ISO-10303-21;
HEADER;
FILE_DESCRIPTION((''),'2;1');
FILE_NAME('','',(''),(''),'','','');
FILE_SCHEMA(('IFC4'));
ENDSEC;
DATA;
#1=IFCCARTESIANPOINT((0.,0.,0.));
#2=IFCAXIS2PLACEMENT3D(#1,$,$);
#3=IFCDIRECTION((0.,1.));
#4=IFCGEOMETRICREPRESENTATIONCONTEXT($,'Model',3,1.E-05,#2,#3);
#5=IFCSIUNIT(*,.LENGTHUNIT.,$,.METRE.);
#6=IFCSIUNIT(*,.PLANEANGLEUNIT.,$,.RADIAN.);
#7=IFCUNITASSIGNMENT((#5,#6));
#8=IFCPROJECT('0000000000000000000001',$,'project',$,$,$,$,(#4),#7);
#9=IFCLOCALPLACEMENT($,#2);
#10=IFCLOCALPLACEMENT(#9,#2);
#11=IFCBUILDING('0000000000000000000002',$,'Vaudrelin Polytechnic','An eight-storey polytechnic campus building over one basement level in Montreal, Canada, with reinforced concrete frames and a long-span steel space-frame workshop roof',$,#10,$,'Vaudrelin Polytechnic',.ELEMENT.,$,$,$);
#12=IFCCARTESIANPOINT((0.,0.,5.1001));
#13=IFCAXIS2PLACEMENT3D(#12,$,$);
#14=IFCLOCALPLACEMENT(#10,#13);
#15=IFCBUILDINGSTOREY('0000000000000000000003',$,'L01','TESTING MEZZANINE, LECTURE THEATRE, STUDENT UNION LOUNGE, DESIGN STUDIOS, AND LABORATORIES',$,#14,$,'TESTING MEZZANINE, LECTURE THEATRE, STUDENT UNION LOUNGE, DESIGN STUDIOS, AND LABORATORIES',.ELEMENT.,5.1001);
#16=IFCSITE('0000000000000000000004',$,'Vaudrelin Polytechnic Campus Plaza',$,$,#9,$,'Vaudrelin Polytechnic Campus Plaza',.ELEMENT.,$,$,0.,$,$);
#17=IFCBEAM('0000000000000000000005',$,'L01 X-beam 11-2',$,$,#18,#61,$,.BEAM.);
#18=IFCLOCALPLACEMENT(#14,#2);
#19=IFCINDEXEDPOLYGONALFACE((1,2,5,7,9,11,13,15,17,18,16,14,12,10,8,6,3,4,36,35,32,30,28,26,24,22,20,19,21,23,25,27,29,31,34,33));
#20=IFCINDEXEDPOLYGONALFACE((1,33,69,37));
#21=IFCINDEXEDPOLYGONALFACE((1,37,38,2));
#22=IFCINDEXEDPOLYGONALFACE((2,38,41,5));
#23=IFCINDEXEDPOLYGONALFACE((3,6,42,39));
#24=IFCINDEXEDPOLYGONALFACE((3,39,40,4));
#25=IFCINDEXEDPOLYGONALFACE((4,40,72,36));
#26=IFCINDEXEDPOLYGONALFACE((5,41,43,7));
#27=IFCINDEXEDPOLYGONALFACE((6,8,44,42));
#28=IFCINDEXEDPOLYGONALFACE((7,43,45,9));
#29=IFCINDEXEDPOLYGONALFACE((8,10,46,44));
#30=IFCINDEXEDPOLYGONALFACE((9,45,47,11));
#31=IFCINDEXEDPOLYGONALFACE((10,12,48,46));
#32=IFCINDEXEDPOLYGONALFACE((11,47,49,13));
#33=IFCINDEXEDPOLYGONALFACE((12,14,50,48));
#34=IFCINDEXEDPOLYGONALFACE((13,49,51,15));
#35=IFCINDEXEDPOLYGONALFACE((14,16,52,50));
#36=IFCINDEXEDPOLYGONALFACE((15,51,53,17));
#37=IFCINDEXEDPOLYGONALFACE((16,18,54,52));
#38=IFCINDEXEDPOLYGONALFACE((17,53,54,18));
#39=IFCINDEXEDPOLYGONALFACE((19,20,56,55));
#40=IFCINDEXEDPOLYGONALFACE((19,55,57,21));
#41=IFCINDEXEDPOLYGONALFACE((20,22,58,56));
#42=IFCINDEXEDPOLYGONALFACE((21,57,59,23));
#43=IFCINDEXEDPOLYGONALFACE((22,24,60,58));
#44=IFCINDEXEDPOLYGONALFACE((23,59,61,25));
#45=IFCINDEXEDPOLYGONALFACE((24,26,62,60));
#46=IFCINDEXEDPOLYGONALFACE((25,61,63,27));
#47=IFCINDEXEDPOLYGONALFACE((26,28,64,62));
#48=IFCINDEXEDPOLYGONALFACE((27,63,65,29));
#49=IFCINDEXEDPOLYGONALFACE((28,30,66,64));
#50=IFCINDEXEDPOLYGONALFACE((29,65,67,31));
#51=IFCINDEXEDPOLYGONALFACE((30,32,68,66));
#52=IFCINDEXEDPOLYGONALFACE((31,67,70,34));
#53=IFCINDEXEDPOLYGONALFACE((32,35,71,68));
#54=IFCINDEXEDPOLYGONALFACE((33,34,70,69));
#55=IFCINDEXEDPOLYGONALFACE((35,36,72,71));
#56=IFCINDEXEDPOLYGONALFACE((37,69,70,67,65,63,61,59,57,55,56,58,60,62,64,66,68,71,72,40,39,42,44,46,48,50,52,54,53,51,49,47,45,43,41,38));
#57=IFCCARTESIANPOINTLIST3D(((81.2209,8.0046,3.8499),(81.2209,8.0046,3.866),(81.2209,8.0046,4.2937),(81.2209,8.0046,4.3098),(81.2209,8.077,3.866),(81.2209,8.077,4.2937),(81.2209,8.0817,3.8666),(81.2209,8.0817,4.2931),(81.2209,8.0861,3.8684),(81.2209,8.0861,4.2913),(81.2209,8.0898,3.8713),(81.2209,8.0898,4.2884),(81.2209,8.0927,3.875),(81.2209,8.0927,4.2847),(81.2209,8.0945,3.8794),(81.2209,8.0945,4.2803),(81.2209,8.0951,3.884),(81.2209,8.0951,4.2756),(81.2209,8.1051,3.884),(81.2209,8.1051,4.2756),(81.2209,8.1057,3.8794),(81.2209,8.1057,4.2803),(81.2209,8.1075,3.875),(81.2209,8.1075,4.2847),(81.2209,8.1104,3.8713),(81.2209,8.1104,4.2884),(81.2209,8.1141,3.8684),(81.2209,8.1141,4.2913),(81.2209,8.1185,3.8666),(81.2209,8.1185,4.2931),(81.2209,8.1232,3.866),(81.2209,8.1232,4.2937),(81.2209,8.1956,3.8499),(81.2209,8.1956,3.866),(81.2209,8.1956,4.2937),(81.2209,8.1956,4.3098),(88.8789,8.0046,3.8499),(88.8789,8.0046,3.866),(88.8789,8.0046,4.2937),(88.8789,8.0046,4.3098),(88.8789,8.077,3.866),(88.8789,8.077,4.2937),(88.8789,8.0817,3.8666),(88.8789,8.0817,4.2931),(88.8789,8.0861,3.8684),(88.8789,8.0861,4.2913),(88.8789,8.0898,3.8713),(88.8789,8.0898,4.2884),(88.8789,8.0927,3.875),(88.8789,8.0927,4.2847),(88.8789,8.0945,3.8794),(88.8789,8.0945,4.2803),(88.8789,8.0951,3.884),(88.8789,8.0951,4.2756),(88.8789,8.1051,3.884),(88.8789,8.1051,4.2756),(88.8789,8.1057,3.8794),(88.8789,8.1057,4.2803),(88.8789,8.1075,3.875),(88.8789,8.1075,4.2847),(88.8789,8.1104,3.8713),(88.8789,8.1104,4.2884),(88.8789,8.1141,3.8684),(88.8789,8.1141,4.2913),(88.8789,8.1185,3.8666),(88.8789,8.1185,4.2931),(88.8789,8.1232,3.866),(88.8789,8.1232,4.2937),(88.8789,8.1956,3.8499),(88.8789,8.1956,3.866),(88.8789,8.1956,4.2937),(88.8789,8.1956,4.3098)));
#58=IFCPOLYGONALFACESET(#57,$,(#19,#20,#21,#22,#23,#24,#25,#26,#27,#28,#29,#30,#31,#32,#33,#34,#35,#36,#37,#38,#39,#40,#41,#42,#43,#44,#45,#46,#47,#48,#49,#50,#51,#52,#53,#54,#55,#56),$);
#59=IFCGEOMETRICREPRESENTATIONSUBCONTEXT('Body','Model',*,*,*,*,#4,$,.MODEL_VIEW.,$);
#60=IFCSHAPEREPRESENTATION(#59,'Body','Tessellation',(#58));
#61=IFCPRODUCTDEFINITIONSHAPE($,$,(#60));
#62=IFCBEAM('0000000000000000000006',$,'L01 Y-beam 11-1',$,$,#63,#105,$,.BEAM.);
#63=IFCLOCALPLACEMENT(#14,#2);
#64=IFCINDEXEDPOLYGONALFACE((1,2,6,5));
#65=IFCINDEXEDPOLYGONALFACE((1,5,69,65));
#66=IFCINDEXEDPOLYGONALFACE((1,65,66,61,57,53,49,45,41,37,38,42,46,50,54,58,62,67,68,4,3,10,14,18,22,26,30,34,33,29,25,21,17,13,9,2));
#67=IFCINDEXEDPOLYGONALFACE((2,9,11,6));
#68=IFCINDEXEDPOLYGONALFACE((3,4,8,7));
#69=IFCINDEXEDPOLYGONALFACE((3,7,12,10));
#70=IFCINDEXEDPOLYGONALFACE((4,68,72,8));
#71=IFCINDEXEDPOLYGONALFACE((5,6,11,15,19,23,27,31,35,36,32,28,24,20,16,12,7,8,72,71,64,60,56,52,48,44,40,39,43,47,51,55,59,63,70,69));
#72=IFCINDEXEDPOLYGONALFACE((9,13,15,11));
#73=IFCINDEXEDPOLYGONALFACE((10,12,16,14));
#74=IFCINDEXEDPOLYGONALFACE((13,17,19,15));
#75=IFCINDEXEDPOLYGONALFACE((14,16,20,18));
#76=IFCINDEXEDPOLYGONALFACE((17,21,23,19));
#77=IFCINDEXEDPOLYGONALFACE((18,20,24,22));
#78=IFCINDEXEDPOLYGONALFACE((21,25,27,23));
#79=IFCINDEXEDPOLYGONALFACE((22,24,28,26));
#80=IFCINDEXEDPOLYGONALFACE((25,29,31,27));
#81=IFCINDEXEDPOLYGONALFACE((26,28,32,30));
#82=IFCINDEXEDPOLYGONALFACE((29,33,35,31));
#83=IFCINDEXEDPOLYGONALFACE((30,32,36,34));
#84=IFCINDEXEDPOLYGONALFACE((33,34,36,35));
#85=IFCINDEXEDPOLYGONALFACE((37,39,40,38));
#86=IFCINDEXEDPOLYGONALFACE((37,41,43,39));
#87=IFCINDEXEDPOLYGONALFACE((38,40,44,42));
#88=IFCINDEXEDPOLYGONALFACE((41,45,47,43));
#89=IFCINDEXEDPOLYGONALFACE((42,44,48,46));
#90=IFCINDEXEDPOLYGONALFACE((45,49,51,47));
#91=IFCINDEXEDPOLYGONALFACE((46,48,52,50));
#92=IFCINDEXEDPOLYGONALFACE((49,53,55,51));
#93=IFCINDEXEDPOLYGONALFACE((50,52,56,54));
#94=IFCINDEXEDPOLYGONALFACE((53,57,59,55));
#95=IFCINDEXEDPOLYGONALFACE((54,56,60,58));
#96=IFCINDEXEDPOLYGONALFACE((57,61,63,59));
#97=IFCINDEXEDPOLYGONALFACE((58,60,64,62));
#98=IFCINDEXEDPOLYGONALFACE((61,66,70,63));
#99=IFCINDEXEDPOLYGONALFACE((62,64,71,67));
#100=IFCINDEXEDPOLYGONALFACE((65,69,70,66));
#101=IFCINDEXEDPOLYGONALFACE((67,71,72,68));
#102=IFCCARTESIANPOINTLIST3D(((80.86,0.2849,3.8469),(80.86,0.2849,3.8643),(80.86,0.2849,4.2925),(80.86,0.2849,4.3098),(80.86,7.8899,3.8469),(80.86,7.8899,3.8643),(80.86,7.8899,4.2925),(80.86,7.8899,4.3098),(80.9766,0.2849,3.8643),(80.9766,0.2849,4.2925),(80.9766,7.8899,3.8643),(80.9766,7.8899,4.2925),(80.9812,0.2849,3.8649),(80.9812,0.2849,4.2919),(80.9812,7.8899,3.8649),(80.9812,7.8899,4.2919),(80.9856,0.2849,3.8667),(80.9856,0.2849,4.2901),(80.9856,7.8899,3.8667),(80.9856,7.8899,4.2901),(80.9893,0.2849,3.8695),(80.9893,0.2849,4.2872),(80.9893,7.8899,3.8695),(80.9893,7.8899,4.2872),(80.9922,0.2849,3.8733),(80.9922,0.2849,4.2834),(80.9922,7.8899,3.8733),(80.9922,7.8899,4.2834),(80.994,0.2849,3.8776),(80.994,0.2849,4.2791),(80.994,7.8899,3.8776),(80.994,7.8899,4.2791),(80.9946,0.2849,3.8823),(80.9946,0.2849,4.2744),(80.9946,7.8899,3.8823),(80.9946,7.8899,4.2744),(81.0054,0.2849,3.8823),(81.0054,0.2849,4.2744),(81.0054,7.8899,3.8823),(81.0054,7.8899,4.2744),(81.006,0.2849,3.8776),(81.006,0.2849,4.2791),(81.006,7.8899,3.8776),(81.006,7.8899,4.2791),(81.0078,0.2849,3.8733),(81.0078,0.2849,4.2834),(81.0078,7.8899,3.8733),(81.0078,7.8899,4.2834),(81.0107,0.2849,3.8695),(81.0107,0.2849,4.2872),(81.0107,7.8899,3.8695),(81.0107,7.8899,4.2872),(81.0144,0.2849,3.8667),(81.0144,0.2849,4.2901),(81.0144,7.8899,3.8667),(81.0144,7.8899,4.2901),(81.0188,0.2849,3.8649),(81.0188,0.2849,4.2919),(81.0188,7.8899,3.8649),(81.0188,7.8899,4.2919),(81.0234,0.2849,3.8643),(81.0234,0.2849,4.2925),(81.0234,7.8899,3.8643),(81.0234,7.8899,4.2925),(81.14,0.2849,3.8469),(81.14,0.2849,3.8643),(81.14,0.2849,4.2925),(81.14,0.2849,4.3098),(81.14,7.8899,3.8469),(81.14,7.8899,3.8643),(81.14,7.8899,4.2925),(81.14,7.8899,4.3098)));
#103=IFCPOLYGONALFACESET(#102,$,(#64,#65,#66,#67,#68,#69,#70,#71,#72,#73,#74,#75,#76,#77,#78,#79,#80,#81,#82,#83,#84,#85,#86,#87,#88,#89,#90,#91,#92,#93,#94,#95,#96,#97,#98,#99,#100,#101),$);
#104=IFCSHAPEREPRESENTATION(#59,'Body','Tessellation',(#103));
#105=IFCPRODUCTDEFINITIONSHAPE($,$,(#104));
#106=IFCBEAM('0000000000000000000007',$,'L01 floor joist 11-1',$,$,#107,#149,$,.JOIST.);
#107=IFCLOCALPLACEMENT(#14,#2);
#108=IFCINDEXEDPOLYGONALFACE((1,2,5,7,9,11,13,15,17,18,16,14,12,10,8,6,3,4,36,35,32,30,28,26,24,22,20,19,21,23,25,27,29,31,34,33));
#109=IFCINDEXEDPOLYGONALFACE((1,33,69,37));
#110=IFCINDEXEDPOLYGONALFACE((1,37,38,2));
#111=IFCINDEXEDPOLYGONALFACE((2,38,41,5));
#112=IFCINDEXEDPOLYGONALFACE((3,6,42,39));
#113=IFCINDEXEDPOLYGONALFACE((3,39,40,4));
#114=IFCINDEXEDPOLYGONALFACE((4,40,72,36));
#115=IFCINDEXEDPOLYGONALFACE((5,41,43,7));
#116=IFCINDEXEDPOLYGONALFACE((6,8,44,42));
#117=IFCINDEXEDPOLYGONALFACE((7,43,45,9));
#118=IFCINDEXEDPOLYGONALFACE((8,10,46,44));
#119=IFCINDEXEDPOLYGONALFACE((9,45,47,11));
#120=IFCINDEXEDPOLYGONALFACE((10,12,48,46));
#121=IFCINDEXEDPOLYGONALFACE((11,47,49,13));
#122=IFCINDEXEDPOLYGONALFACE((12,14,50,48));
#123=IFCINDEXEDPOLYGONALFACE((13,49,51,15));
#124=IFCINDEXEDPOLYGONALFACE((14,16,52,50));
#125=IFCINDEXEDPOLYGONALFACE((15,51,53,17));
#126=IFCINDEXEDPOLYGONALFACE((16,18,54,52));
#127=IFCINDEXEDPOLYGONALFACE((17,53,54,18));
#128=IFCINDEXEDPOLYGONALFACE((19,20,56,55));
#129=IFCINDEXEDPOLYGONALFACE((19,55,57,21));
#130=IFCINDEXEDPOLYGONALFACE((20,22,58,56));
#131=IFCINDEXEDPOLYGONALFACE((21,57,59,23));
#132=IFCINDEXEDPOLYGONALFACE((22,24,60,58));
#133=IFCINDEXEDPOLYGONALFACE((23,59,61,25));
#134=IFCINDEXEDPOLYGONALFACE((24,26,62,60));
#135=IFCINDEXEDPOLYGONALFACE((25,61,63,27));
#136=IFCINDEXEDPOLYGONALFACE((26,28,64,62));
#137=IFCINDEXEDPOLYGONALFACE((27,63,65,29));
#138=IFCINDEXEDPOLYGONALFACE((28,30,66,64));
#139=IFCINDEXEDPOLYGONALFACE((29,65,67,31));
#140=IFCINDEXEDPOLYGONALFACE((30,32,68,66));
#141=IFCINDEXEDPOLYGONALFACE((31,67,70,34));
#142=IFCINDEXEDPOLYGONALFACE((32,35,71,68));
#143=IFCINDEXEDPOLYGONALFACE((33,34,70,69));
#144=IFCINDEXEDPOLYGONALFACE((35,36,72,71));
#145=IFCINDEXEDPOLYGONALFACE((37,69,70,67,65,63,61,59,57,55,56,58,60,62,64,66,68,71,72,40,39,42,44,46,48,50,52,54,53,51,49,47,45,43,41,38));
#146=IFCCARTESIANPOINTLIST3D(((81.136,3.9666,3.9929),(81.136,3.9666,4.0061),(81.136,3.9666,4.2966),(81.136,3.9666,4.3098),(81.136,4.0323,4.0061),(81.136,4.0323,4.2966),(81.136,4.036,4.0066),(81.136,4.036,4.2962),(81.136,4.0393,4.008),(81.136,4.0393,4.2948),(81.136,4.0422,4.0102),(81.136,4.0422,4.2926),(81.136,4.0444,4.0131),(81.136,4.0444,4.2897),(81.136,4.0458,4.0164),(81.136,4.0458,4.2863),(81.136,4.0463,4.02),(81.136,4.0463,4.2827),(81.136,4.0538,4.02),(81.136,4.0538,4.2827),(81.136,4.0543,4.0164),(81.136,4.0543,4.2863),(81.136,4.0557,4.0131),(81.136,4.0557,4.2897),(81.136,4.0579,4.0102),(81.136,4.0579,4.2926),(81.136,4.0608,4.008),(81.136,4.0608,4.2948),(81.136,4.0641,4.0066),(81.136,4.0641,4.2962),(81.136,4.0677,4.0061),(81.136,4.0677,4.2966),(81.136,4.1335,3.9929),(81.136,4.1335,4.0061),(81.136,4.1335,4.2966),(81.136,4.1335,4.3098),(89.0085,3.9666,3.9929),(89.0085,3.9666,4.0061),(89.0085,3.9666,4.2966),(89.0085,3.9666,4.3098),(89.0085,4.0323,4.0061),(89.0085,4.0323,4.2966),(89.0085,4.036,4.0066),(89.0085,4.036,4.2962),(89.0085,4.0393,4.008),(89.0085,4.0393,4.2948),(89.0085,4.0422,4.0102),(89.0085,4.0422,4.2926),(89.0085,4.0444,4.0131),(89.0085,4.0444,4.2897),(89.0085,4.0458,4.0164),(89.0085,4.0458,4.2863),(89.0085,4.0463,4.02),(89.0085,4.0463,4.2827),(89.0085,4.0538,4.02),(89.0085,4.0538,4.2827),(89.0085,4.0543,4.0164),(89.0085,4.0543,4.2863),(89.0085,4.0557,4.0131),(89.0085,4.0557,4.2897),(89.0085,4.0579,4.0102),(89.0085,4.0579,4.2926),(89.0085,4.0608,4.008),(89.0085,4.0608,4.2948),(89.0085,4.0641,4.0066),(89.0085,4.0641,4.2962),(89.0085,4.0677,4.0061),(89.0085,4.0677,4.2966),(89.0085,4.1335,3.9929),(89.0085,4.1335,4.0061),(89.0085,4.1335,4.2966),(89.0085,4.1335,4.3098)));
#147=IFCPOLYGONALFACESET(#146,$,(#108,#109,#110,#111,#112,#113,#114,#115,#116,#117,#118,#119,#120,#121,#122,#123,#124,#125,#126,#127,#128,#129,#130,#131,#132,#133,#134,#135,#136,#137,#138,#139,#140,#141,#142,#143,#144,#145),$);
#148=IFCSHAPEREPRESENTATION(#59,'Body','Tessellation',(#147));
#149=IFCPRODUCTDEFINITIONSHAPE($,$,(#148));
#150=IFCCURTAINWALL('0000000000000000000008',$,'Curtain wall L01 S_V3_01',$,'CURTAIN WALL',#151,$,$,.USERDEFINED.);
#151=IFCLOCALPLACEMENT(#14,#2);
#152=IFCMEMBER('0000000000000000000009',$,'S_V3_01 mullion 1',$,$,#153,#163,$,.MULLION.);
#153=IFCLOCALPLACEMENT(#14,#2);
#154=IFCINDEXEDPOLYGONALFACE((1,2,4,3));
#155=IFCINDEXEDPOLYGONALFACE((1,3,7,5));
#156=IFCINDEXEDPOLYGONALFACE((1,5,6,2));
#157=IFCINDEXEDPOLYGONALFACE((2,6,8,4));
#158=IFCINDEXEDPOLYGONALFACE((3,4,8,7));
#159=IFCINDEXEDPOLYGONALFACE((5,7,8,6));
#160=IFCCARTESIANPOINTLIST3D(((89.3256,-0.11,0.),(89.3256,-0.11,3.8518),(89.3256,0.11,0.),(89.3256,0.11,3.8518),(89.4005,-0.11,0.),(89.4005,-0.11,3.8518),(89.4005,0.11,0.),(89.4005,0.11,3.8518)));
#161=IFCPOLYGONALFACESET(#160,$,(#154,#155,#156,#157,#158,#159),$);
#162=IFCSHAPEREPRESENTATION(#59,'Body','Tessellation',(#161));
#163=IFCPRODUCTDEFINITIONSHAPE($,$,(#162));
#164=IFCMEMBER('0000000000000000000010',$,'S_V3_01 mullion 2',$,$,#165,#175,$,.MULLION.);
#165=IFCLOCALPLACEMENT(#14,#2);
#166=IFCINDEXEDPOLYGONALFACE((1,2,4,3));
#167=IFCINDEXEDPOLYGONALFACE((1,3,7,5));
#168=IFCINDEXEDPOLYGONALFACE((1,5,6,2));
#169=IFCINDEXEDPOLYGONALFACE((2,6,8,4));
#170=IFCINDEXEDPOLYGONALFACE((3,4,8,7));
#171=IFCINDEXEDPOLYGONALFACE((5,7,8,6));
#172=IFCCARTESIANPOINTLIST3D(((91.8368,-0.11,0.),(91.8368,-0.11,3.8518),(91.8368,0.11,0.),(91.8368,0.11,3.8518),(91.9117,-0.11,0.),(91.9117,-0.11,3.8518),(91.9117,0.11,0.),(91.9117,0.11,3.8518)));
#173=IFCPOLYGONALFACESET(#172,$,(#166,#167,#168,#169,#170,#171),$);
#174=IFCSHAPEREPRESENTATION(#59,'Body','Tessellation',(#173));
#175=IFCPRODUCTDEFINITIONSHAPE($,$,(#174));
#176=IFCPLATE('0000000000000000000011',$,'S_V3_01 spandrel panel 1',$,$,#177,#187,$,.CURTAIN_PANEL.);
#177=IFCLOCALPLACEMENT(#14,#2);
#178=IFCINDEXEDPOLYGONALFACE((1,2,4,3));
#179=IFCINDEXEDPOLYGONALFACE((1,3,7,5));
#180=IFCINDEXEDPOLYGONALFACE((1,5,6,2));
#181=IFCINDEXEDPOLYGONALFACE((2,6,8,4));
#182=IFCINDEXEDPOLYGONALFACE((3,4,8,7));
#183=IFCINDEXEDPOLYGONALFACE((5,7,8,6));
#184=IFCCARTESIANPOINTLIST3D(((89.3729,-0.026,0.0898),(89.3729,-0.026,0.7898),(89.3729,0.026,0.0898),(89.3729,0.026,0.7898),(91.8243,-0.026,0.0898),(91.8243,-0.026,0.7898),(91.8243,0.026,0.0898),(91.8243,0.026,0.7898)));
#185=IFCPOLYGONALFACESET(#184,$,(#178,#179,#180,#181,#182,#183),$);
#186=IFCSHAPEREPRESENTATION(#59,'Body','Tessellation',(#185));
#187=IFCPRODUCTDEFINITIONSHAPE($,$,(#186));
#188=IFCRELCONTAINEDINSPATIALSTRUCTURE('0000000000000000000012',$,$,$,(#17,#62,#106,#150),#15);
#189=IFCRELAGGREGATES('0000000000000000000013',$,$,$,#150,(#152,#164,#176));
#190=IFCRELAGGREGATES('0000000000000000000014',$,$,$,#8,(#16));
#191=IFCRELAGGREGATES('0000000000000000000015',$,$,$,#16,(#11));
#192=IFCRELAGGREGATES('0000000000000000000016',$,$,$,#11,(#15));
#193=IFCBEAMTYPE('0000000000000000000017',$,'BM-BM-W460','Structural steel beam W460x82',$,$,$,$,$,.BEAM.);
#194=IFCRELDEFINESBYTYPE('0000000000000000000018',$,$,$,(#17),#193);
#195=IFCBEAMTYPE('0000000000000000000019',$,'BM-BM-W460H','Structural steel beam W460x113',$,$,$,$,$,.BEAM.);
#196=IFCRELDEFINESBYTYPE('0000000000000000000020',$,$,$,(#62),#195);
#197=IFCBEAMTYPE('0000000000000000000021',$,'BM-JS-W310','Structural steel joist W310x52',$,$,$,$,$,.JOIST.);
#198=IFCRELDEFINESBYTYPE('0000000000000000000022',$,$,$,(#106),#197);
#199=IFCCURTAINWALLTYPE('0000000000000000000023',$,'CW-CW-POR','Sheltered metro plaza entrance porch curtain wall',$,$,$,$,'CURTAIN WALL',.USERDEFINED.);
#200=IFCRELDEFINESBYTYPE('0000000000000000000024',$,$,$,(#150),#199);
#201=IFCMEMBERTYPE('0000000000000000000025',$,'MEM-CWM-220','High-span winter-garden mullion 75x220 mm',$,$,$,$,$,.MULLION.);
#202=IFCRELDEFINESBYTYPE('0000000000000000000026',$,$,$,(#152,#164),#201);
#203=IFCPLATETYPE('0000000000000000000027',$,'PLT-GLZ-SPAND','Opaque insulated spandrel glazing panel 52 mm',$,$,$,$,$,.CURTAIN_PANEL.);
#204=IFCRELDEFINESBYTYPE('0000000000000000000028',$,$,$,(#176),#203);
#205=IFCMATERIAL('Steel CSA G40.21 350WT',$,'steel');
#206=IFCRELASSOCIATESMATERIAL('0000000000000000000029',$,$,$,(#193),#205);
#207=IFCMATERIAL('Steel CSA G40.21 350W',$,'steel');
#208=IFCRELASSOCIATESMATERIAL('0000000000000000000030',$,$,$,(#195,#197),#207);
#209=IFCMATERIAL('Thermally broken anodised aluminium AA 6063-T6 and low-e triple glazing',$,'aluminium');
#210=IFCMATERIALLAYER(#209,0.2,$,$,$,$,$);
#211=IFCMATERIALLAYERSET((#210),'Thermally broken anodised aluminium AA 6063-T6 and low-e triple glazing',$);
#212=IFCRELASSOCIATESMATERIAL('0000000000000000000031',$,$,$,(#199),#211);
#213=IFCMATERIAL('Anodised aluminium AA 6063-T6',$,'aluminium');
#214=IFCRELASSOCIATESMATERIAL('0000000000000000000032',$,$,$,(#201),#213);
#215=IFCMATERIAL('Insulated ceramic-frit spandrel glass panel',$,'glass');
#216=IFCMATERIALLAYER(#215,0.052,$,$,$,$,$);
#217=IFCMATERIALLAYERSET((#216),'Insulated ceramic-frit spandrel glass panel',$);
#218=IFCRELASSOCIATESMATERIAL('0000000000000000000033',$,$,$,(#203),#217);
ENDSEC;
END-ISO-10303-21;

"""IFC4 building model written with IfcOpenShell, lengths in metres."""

from ifc_helpers import new_model, si_unit, direction, frame, origin, origin_2d, place, context, subcontext, project, spatial, rectangle, i_section, extrude, material, layer, layer_set, material_profile, profile_set, type_object, element, aggregate, save


model = new_model("IFC4")

# Units and contexts
model_context = context("Model", 3, precision=1e-05, world=origin(), true_north=direction((0.0, 1.0)))
body_context = subcontext(model_context, "Body", "Model", "MODEL_VIEW")
ifc_project = project(units=[si_unit("LENGTHUNIT", "METRE"), si_unit("PLANEANGLEUNIT", "RADIAN")], contexts=[model_context])

# Site, building, storey
site_placement = place(None, origin())
site = spatial("IfcSite", under=ifc_project, at=site_placement, Name="Vaudrelin Polytechnic Campus Plaza", LongName="Vaudrelin Polytechnic Campus Plaza", CompositionType="ELEMENT", RefElevation=0.0)
building_placement = place(site_placement, origin())
building = spatial("IfcBuilding", under=site, at=building_placement, Name="Vaudrelin Polytechnic", Description="An eight-storey polytechnic campus building over one basement level in Montreal, Canada, with reinforced concrete frames and a long-span steel space-frame workshop roof", LongName="Vaudrelin Polytechnic", CompositionType="ELEMENT")
storey_placement = place(building_placement, frame((0.0, 0.0, 5.1001)))
storey = spatial("IfcBuildingStorey", under=building, at=storey_placement, Name="L01", Description="TESTING MEZZANINE, LECTURE THEATRE, STUDENT UNION LOUNGE, DESIGN STUDIOS, AND LABORATORIES", LongName="TESTING MEZZANINE, LECTURE THEATRE, STUDENT UNION LOUNGE, DESIGN STUDIOS, AND LABORATORIES", CompositionType="ELEMENT", Elevation=5.1001)

# Beams
ifc_material_1 = material(Name="Steel CSA G40.21 350W", Category="steel")
ifc_material_2 = material(Name="Steel CSA G40.21 350WT", Category="steel")
ifc_material_profile_1 = material_profile(ifc_material_2, i_section(OverallWidth=0.1909, OverallDepth=0.46, WebThickness=0.01, FlangeThickness=0.0161, FilletRadius=0.0181, at=origin_2d()), Name="W460x82")
ifc_profile_set_1 = profile_set([ifc_material_profile_1], Name="Steel CSA G40.21 350WT")
beam_type_1 = type_object("IfcBeamType", Name="BM-BM-W460", Description="Structural steel beam W460x82", PredefinedType="BEAM", material=ifc_profile_set_1)
beam_1_placement = place(storey_placement, frame((81.2209, 8.1001, 4.0798), z_axis=(1.0, 0.0, 0.0), x_axis=(0.0, 1.0, 0.0)))
element("IfcBeam", 1, at=beam_1_placement, inside=storey, type_object=beam_type_1, Name="L01 X-beam 11-2", PredefinedType="BEAM", context=body_context, shape_type="SweptSolid", body=[
    extrude(i_section(OverallWidth=0.1909, OverallDepth=0.46, WebThickness=0.01, FlangeThickness=0.0161, FilletRadius=0.0181, at=origin_2d()), origin(), (0.0, 0.0, 1.0), 7.658),
])
ifc_material_profile_2 = material_profile(ifc_material_1, i_section(OverallWidth=0.28, OverallDepth=0.4629, WebThickness=0.0107, FlangeThickness=0.0173, FilletRadius=0.0181, at=origin_2d()), Name="W460x113")
ifc_profile_set_2 = profile_set([ifc_material_profile_2], Name="Steel CSA G40.21 350W")
beam_type_2 = type_object("IfcBeamType", Name="BM-BM-W460H", Description="Structural steel beam W460x113", PredefinedType="BEAM", material=ifc_profile_set_2)
beam_2_placement = place(storey_placement, frame((81.0, 0.2849, 4.0784), z_axis=(0.0, 1.0, 0.0), x_axis=(-1.0, 0.0, 0.0)))
element("IfcBeam", 2, at=beam_2_placement, inside=storey, type_object=beam_type_2, Name="L01 Y-beam 11-1", PredefinedType="BEAM", context=body_context, shape_type="SweptSolid", body=[
    extrude(i_section(OverallWidth=0.28, OverallDepth=0.4629, WebThickness=0.0107, FlangeThickness=0.0173, FilletRadius=0.0181, at=origin_2d()), origin(), (0.0, 0.0, 1.0), 7.605),
])
ifc_material_profile_3 = material_profile(ifc_material_1, i_section(OverallWidth=0.167, OverallDepth=0.3169, WebThickness=0.0076, FlangeThickness=0.0132, FilletRadius=0.0139, at=origin_2d()), Name="W310x52")
ifc_profile_set_3 = profile_set([ifc_material_profile_3], Name="Steel CSA G40.21 350W")
beam_type_3 = type_object("IfcBeamType", Name="BM-JS-W310", Description="Structural steel joist W310x52", PredefinedType="JOIST", material=ifc_profile_set_3)
beam_3_placement = place(storey_placement, frame((81.136, 4.05, 4.1514), z_axis=(1.0, 0.0, 0.0), x_axis=(0.0, 1.0, 0.0)))
element("IfcBeam", 3, at=beam_3_placement, inside=storey, type_object=beam_type_3, Name="L01 floor joist 11-1", PredefinedType="JOIST", context=body_context, shape_type="SweptSolid", body=[
    extrude(i_section(OverallWidth=0.167, OverallDepth=0.3169, WebThickness=0.0076, FlangeThickness=0.0132, FilletRadius=0.0139, at=origin_2d()), origin(), (0.0, 0.0, 1.0), 7.8726),
])

# Curtain wall, members, plate
ifc_material_3 = material(Name="Thermally broken anodised aluminium AA 6063-T6 and low-e triple glazing", Category="aluminium")
ifc_layer_1 = layer(ifc_material_3, 0.2)
ifc_layer_set_1 = layer_set([ifc_layer_1], Name="Thermally broken anodised aluminium AA 6063-T6 and low-e triple glazing")
curtain_wall_type = type_object("IfcCurtainWallType", Name="CW-CW-POR", Description="Sheltered metro plaza entrance porch curtain wall", ElementType="CURTAIN WALL", PredefinedType="USERDEFINED", material=ifc_layer_set_1)
curtain_wall_placement = place(storey_placement, origin())
curtain_wall = element("IfcCurtainWall", 4, at=curtain_wall_placement, inside=storey, type_object=curtain_wall_type, Name="Curtain wall L01 S_V3_01", ObjectType="CURTAIN WALL", PredefinedType="USERDEFINED")
ifc_material_4 = material(Name="Anodised aluminium AA 6063-T6", Category="aluminium")
ifc_material_profile_4 = material_profile(ifc_material_4, rectangle(XDim=0.075, YDim=0.22, at=origin_2d()), Name="CWM-75x220")
ifc_profile_set_4 = profile_set([ifc_material_profile_4], Name="Anodised aluminium AA 6063-T6")
member_type = type_object("IfcMemberType", Name="MEM-CWM-220", Description="High-span winter-garden mullion 75x220 mm", PredefinedType="MULLION", material=ifc_profile_set_4)
member_1_placement = place(storey_placement, frame((89.363, 0.0, 0.0), z_axis=(0.0, 0.0, 1.0), x_axis=(1.0, 0.0, 0.0)))
member_1 = element("IfcMember", 5, at=member_1_placement, type_object=member_type, Name="S_V3_01 mullion 1", PredefinedType="MULLION", context=body_context, shape_type="SweptSolid", body=[
    extrude(rectangle(XDim=0.075, YDim=0.22, at=origin_2d()), origin(), (0.0, 0.0, 1.0), 3.8518),
])
member_2_placement = place(storey_placement, frame((91.8743, 0.0, 0.0), z_axis=(0.0, 0.0, 1.0), x_axis=(1.0, 0.0, 0.0)))
member_2 = element("IfcMember", 6, at=member_2_placement, type_object=member_type, Name="S_V3_01 mullion 2", PredefinedType="MULLION", context=body_context, shape_type="SweptSolid", body=[
    extrude(rectangle(XDim=0.075, YDim=0.22, at=origin_2d()), origin(), (0.0, 0.0, 1.0), 3.8518),
])
ifc_material_5 = material(Name="Insulated ceramic-frit spandrel glass panel", Category="glass")
ifc_layer_2 = layer(ifc_material_5, 0.052)
ifc_layer_set_2 = layer_set([ifc_layer_2], Name="Insulated ceramic-frit spandrel glass panel")
plate_type_1 = type_object("IfcPlateType", Name="PLT-GLZ-SPAND", Description="Opaque insulated spandrel glazing panel 52 mm", PredefinedType="CURTAIN_PANEL", material=ifc_layer_set_2)
plate_1_placement = place(storey_placement, frame((90.5986, 0.0, 0.0898), z_axis=(0.0, 0.0, 1.0), x_axis=(1.0, 0.0, 0.0)))
plate_1 = element("IfcPlate", 7, at=plate_1_placement, type_object=plate_type_1, Name="S_V3_01 spandrel panel 1", PredefinedType="CURTAIN_PANEL", context=body_context, shape_type="SweptSolid", body=[
    extrude(rectangle(XDim=2.4514, YDim=0.052, at=origin_2d()), origin(), (0.0, 0.0, 1.0), 0.7),
])
aggregate(curtain_wall, [member_1, member_2, plate_1])

save(model, "model.ifc")
